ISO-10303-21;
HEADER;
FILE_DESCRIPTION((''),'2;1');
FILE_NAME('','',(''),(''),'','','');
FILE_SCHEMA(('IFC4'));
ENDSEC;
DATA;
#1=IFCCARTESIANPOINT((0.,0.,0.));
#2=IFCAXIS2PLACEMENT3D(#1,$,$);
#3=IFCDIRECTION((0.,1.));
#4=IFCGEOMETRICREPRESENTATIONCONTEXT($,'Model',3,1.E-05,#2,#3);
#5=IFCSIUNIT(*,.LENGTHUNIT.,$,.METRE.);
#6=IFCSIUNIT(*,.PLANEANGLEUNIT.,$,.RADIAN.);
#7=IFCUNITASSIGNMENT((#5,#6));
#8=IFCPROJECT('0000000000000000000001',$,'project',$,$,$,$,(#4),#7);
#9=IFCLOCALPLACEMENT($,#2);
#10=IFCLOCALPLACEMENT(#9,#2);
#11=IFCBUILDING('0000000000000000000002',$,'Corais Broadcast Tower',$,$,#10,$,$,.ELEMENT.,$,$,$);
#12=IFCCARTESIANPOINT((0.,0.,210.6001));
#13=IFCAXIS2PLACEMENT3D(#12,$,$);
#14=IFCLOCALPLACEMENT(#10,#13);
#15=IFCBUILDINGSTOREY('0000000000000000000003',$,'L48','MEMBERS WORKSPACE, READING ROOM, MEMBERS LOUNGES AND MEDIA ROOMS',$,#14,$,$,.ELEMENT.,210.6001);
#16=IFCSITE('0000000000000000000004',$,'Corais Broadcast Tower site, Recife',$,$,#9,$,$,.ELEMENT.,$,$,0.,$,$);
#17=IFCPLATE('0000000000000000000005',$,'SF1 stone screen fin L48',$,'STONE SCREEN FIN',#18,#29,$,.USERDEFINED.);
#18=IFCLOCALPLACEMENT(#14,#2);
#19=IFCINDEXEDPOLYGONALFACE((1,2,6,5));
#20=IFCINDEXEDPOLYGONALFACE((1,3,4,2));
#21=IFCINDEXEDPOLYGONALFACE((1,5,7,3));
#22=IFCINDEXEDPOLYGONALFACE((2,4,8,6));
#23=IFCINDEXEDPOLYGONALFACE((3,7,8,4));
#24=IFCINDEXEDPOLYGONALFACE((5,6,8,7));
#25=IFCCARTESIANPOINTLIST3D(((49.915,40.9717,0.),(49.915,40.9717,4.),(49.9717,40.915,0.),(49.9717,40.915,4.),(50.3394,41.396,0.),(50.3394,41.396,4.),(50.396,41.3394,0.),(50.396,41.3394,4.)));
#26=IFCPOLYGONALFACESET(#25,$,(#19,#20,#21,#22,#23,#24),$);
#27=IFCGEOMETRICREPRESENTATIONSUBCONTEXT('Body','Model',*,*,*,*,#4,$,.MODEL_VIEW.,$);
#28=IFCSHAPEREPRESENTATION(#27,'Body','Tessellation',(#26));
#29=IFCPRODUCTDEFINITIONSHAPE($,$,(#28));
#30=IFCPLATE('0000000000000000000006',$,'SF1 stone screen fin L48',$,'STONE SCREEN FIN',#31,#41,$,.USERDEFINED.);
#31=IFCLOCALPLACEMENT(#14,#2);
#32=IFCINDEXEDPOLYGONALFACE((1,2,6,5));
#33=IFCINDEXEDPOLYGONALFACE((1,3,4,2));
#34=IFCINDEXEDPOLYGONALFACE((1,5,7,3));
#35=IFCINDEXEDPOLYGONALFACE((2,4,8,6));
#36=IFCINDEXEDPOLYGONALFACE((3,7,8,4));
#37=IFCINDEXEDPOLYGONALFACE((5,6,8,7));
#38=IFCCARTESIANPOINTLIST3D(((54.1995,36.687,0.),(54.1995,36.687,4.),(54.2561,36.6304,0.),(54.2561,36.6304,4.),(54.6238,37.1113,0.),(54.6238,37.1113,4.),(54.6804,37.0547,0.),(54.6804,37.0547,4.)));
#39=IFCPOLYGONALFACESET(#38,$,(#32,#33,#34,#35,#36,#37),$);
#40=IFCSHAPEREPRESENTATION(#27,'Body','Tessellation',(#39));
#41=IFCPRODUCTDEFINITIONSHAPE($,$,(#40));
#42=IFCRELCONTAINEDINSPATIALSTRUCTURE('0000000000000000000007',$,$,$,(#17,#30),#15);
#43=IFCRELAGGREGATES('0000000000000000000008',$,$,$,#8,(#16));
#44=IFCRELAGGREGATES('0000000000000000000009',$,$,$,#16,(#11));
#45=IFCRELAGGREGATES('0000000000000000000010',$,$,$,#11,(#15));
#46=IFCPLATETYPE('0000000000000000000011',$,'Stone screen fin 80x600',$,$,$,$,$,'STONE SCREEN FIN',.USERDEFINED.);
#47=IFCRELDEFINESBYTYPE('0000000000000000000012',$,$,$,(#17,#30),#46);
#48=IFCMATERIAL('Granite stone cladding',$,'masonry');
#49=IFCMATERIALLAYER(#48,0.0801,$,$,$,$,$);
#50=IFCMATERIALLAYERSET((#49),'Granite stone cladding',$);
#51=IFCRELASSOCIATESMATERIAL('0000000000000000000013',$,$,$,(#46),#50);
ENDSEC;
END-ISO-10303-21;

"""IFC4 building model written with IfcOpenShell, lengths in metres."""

from ifc_helpers import new_model, si_unit, direction, frame, origin, origin_2d, place, context, subcontext, project, spatial, rectangle, extrude, material, layer, layer_set, type_object, element, save


model = new_model("IFC4")

# Units and contexts
model_context = context("Model", 3, precision=1e-05, world=origin(), true_north=direction((0.0, 1.0)))
body_context = subcontext(model_context, "Body", "Model", "MODEL_VIEW")
ifc_project = project(units=[si_unit("LENGTHUNIT", "METRE"), si_unit("PLANEANGLEUNIT", "RADIAN")], contexts=[model_context])

# Site, building, storey
site_placement = place(None, origin())
site = spatial("IfcSite", under=ifc_project, at=site_placement, Name="Corais Broadcast Tower site, Recife", CompositionType="ELEMENT", RefElevation=0.0)
building_placement = place(site_placement, origin())
building = spatial("IfcBuilding", under=site, at=building_placement, Name="Corais Broadcast Tower", CompositionType="ELEMENT")
storey_placement = place(building_placement, frame((0.0, 0.0, 210.6001)))
storey = spatial("IfcBuildingStorey", under=building, at=storey_placement, Name="L48", Description="MEMBERS WORKSPACE, READING ROOM, MEMBERS LOUNGES AND MEDIA ROOMS", CompositionType="ELEMENT", Elevation=210.6001)

# Plates
ifc_material_1 = material(Name="Granite stone cladding", Category="masonry")
ifc_layer_1 = layer(ifc_material_1, 0.0801)
ifc_layer_set_1 = layer_set([ifc_layer_1], Name="Granite stone cladding")
plate_type_1 = type_object("IfcPlateType", Name="Stone screen fin 80x600", ElementType="STONE SCREEN FIN", PredefinedType="USERDEFINED", material=ifc_layer_set_1)
for number, where, z_axis, x_axis, name in (
    (1, (50.1555, 41.1555, 0.0), (0.0, 0.0, 1.0), (0.707107, -0.707107, 0.0), "SF1 stone screen fin L48"),
    (2, (54.4399, 36.8708, 0.0), (0.0, 0.0, 1.0), (0.707107, -0.707107, 0.0), "SF1 stone screen fin L48"),
):
    element("IfcPlate", number, at=place(storey_placement, frame(where, z_axis=z_axis, x_axis=x_axis)), inside=storey, type_object=plate_type_1, Name=name, ObjectType="STONE SCREEN FIN", PredefinedType="USERDEFINED", context=body_context, shape_type="SweptSolid", body=[
        extrude(rectangle(XDim=0.0801, YDim=0.6001, at=origin_2d()), origin(), (0.0, 0.0, 1.0), 4.0),
    ])

save(model, "model.ifc")
